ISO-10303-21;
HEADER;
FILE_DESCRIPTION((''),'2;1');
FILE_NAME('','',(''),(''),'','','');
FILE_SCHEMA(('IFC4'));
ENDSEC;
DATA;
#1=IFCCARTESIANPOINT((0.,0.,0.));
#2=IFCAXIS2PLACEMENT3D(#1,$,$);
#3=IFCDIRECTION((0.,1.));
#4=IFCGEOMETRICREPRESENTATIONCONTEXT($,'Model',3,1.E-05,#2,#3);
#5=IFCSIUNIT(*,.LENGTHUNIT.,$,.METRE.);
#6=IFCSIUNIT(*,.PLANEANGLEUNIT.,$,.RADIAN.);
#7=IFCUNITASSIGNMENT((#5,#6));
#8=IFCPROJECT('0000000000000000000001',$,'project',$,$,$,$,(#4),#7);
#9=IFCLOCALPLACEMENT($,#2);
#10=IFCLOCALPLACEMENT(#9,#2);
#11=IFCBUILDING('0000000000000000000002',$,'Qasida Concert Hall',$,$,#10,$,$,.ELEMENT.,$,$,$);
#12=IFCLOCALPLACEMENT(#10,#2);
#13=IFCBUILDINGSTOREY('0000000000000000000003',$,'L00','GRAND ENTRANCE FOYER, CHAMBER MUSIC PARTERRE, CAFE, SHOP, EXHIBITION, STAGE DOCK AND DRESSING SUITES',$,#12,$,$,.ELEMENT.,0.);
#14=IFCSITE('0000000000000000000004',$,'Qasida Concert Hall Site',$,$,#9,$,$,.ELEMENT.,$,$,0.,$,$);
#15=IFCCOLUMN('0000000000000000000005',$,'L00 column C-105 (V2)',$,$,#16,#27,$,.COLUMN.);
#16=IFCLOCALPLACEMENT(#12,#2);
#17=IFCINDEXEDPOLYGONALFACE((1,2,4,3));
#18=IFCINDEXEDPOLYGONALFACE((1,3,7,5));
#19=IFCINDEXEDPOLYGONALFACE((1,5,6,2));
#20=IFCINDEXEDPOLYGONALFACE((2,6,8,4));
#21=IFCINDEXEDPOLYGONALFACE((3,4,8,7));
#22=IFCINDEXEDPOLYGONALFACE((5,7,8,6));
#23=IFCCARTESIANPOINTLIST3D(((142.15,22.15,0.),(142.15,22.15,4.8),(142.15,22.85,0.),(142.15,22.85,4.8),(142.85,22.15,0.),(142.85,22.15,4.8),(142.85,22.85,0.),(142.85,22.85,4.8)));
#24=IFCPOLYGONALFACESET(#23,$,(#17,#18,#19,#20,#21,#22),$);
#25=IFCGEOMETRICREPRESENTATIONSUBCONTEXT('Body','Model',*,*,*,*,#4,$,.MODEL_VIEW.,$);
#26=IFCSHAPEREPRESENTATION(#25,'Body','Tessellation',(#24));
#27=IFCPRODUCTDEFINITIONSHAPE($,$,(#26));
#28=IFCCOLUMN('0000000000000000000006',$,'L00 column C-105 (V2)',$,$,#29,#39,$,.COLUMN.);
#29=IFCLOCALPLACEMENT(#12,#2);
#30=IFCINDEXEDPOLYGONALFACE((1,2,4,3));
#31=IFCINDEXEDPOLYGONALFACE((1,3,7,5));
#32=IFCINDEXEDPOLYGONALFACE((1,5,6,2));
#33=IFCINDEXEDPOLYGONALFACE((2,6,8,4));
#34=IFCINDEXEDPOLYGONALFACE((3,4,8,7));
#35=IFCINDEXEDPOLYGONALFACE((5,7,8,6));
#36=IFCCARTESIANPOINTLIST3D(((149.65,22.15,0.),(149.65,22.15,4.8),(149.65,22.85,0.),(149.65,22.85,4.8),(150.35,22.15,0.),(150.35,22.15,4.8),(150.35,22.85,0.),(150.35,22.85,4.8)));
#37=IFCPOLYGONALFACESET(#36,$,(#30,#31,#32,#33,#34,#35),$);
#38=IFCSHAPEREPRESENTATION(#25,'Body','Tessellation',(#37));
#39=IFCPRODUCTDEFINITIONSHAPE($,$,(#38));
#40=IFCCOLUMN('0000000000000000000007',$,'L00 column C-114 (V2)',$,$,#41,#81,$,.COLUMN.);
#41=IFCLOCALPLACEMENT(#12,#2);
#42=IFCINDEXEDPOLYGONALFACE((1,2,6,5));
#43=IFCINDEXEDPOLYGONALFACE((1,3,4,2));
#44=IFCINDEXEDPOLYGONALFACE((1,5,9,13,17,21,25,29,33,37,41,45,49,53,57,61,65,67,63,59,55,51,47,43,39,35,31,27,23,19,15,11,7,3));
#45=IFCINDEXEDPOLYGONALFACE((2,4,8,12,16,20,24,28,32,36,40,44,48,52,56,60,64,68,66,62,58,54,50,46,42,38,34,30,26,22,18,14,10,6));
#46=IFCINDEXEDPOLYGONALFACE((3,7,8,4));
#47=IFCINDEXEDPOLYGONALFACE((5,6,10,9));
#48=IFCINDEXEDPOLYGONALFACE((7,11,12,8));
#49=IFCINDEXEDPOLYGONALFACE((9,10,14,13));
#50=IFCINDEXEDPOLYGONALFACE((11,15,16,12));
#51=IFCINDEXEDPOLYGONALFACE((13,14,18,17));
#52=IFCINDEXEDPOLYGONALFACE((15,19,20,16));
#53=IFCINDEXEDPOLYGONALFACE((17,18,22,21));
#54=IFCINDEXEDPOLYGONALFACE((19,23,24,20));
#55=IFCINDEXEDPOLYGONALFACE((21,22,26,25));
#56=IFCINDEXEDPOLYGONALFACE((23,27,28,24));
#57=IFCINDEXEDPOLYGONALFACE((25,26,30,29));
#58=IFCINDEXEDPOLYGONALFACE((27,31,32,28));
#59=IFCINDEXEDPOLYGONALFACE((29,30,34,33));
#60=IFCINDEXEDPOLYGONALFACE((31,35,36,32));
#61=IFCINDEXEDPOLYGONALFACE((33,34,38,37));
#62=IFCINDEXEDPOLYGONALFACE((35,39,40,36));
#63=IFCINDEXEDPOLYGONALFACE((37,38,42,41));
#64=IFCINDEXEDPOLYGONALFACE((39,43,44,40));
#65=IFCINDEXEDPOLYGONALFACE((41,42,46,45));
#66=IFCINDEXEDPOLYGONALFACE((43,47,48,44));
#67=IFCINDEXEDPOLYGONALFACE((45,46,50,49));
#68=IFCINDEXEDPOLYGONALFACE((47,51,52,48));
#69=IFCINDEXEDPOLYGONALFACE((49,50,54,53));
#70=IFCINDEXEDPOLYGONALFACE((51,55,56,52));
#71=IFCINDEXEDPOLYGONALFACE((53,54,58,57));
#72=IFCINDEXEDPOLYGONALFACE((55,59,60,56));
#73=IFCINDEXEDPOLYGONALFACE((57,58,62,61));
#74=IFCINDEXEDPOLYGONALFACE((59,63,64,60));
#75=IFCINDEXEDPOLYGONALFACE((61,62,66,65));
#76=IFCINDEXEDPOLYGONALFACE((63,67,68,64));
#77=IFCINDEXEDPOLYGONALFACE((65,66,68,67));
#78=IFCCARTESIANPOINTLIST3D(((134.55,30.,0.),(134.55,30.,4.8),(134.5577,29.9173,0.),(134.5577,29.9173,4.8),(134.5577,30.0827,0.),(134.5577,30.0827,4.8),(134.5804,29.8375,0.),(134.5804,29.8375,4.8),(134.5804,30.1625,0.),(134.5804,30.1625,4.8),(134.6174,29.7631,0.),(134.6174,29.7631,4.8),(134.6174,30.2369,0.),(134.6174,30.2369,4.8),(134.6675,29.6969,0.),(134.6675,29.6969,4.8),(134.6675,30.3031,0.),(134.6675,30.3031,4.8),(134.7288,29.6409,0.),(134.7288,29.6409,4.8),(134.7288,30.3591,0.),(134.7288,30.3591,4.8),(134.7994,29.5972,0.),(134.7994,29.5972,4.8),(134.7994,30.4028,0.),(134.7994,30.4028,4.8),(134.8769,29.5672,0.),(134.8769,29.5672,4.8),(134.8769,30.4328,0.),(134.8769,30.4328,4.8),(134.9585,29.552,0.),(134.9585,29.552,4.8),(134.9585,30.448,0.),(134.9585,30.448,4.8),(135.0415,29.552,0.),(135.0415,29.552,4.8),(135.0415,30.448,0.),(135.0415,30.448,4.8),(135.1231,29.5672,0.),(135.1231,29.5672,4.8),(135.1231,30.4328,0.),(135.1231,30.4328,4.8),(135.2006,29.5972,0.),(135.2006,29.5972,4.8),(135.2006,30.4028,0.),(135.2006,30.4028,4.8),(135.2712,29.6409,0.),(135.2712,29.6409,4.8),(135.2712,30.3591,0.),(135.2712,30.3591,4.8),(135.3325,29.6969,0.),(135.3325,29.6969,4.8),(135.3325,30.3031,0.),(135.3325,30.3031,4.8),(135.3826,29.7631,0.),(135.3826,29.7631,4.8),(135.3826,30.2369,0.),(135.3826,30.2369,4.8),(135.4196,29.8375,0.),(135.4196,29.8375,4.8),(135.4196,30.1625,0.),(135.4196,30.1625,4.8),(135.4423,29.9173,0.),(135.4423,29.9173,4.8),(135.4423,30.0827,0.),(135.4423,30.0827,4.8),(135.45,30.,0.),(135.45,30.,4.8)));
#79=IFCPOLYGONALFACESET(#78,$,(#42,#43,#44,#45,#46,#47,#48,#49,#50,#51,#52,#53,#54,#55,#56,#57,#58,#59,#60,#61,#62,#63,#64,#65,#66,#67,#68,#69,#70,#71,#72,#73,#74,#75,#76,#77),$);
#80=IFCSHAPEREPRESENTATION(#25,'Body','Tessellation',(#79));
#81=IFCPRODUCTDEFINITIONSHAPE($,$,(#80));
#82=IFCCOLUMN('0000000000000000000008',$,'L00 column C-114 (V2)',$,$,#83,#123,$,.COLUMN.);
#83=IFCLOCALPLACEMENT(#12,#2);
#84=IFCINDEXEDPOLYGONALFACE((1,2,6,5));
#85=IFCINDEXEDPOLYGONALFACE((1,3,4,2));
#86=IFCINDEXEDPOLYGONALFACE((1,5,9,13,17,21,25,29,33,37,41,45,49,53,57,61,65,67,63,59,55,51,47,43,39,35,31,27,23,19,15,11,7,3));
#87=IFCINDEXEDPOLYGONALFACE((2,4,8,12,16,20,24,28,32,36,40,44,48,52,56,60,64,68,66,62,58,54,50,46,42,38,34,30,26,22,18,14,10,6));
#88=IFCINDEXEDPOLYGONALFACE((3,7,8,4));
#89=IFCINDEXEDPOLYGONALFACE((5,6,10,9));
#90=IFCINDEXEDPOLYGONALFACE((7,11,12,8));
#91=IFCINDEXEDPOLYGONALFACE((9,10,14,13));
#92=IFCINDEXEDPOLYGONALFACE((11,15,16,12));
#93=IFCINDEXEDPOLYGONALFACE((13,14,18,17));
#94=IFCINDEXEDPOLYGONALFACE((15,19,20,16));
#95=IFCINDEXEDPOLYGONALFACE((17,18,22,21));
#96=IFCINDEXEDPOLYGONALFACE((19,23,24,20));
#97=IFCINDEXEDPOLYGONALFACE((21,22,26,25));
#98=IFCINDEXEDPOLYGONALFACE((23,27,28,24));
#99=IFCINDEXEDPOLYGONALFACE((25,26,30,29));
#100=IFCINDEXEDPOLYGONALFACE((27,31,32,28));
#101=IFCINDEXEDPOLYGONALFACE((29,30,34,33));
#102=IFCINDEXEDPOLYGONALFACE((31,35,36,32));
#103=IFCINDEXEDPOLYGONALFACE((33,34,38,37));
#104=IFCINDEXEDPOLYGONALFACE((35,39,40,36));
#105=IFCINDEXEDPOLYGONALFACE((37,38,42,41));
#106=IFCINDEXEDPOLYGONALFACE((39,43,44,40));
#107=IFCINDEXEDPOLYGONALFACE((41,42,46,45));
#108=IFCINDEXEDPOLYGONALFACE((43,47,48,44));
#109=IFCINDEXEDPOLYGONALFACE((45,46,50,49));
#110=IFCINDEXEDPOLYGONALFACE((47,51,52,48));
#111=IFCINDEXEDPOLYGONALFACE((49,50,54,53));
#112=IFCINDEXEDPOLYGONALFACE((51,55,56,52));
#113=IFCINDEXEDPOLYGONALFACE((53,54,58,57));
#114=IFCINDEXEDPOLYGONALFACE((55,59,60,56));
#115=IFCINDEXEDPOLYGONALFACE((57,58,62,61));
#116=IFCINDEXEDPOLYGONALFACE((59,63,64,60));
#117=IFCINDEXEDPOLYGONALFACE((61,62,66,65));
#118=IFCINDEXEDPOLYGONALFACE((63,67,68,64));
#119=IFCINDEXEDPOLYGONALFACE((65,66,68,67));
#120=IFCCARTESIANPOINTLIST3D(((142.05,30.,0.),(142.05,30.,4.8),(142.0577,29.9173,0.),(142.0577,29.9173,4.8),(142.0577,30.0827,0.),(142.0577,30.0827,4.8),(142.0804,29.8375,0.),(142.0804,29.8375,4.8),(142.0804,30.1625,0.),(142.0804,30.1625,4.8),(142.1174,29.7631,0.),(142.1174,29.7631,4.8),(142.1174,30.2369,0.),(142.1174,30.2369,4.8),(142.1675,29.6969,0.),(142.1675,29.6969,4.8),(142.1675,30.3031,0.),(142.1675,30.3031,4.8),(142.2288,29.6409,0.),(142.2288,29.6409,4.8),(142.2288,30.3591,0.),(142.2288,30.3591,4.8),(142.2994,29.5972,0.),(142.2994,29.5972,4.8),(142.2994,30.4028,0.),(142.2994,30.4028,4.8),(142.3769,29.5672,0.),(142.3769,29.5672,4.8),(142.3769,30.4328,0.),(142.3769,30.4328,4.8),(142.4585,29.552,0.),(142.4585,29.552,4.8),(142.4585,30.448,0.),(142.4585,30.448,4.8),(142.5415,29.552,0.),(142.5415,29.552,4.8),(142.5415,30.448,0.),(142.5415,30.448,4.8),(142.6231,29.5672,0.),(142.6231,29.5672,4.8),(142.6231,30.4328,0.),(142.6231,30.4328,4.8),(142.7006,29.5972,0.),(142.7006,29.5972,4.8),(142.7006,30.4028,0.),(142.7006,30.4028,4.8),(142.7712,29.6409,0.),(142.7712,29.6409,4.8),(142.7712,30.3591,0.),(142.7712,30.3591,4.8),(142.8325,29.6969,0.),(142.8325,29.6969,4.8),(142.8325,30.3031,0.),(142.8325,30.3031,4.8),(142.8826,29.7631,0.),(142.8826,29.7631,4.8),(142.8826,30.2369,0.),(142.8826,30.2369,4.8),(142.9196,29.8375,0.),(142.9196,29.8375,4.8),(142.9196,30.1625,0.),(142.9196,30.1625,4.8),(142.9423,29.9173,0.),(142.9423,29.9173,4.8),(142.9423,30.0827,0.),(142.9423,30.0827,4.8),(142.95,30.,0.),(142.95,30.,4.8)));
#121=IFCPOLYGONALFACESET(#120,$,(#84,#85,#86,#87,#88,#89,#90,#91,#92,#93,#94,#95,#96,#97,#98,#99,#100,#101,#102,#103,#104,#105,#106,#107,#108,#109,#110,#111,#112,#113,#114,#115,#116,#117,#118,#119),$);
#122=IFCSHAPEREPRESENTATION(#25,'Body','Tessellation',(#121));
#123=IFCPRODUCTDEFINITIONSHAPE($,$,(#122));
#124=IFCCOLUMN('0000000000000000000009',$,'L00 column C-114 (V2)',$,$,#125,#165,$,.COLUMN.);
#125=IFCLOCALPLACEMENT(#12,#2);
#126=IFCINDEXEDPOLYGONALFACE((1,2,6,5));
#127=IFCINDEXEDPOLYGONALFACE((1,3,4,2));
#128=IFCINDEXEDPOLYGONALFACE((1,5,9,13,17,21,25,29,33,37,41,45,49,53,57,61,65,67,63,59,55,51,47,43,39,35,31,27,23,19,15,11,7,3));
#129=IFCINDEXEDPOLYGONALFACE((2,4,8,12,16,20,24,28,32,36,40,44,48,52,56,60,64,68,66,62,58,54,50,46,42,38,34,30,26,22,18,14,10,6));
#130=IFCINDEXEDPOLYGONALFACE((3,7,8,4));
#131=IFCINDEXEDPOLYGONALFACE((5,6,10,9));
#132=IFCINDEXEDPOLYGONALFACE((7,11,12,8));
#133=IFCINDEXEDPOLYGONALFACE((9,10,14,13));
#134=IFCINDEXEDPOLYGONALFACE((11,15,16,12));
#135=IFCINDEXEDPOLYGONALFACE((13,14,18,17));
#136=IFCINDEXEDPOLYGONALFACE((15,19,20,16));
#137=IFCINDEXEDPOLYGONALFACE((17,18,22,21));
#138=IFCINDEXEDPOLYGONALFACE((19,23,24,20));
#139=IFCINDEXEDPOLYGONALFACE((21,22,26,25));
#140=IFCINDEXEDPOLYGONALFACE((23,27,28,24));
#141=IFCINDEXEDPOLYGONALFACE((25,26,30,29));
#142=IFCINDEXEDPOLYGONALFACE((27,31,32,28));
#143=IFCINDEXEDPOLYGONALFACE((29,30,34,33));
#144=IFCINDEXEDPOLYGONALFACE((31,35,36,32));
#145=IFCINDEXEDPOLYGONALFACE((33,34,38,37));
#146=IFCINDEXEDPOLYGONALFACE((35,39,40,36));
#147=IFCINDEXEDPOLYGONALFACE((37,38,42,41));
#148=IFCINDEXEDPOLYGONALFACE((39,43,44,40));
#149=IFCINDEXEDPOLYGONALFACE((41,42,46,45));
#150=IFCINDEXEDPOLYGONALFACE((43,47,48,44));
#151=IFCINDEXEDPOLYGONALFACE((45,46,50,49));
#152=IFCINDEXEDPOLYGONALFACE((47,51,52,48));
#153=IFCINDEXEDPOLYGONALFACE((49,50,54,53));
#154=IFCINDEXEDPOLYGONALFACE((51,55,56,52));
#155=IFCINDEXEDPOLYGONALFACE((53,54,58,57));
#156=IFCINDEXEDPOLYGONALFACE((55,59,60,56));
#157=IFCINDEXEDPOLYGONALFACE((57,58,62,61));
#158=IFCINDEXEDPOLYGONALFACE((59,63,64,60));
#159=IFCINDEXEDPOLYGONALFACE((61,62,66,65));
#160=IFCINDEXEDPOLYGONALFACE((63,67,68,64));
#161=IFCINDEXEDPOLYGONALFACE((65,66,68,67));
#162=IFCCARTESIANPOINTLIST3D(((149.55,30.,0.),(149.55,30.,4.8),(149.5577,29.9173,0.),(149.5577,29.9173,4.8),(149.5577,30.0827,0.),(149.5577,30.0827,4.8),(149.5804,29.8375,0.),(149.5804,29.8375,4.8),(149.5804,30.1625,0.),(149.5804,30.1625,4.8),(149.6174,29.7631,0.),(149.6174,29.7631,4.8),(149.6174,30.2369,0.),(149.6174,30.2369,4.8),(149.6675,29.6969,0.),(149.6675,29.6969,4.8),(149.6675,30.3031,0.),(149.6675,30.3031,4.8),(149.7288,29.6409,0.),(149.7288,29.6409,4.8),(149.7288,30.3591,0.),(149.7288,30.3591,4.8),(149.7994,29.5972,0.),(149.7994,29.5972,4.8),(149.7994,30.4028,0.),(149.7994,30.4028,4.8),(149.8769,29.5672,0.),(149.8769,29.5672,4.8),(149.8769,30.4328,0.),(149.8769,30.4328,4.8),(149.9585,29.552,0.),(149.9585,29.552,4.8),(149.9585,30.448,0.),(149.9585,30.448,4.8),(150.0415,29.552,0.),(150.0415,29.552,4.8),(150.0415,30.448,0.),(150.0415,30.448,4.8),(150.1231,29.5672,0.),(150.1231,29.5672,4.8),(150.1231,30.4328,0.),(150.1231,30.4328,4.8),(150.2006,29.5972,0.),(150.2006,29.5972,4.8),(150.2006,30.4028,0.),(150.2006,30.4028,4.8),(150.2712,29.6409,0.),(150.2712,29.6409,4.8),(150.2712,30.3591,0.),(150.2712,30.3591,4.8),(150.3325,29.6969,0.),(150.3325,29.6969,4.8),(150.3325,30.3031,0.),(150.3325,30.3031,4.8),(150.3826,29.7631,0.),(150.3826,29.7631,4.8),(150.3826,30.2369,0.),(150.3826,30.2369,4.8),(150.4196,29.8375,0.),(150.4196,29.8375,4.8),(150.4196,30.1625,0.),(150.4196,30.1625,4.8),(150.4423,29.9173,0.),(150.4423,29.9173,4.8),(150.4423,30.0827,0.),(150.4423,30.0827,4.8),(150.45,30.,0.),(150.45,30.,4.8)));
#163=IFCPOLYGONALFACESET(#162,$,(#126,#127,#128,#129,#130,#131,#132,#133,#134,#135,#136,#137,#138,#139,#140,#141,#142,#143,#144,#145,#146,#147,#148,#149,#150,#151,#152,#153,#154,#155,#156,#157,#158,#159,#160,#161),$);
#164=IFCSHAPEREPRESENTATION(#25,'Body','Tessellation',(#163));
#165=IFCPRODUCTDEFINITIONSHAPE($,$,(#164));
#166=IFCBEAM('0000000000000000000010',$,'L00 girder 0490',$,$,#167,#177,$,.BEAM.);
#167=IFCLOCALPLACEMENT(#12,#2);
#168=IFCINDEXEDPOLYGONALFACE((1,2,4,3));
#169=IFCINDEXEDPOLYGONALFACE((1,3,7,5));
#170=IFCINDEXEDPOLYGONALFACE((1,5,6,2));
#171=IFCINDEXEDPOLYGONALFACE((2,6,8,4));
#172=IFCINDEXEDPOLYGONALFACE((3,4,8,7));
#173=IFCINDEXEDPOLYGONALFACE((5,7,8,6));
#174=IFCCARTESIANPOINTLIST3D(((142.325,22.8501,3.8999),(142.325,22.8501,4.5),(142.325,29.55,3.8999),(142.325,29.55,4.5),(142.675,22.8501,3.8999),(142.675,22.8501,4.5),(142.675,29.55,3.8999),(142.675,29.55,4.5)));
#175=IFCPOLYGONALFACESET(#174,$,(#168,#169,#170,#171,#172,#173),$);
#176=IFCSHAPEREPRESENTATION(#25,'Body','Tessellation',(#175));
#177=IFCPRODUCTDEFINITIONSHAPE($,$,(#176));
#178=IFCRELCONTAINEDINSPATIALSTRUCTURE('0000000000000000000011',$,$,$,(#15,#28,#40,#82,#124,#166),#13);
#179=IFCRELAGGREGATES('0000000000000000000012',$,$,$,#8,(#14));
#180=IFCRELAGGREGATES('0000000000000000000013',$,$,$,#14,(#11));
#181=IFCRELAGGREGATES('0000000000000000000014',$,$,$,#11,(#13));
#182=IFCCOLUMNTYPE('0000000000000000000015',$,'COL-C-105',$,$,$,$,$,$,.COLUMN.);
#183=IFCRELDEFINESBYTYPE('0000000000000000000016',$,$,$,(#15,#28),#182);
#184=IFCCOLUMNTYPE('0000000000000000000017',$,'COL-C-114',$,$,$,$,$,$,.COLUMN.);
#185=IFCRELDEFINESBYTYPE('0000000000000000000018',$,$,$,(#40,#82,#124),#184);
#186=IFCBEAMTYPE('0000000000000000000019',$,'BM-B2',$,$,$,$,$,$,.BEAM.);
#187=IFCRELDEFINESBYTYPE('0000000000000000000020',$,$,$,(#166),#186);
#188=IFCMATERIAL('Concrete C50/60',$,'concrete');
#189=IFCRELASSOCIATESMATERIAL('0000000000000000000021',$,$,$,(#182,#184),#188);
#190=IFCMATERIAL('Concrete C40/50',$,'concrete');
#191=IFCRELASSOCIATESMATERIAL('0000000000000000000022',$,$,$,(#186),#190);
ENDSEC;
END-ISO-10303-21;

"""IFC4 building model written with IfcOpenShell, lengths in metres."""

from ifc_helpers import new_model, si_unit, direction, frame, origin, origin_2d, place, context, subcontext, project, spatial, rectangle, circle, extrude, material, material_profile, profile_set, type_object, element, save


model = new_model("IFC4")

# Units and contexts
model_context = context("Model", 3, precision=1e-05, world=origin(), true_north=direction((0.0, 1.0)))
body_context = subcontext(model_context, "Body", "Model", "MODEL_VIEW")
ifc_project = project(units=[si_unit("LENGTHUNIT", "METRE"), si_unit("PLANEANGLEUNIT", "RADIAN")], contexts=[model_context])

# Site, building, storey
site_placement = place(None, origin())
site = spatial("IfcSite", under=ifc_project, at=site_placement, Name="Qasida Concert Hall Site", CompositionType="ELEMENT", RefElevation=0.0)
building_placement = place(site_placement, origin())
building = spatial("IfcBuilding", under=site, at=building_placement, Name="Qasida Concert Hall", CompositionType="ELEMENT")
storey_placement = place(building_placement, origin())
storey = spatial("IfcBuildingStorey", under=building, at=storey_placement, Name="L00", Description="GRAND ENTRANCE FOYER, CHAMBER MUSIC PARTERRE, CAFE, SHOP, EXHIBITION, STAGE DOCK AND DRESSING SUITES", CompositionType="ELEMENT", Elevation=0.0)

# Columns
ifc_material_1 = material(Name="Concrete C50/60", Category="concrete")
ifc_material_profile_1 = material_profile(ifc_material_1, rectangle(XDim=0.7, YDim=0.7, at=origin_2d()), Name="RC 700x700")
ifc_profile_set_1 = profile_set([ifc_material_profile_1], Name="Concrete C50/60")
column_type_1 = type_object("IfcColumnType", Name="COL-C-105", PredefinedType="COLUMN", material=ifc_profile_set_1)
for number, where, z_axis, x_axis, name in (
    (1, (142.5, 22.5, 0.0), (0.0, 0.0, 1.0), (1.0, 0.0, 0.0), "L00 column C-105 (V2)"),
    (2, (150.0, 22.5, 0.0), (0.0, 0.0, 1.0), (1.0, 0.0, 0.0), "L00 column C-105 (V2)"),
):
    element("IfcColumn", number, at=place(storey_placement, frame(where, z_axis=z_axis, x_axis=x_axis)), inside=storey, type_object=column_type_1, Name=name, PredefinedType="COLUMN", context=body_context, shape_type="SweptSolid", body=[
        extrude(rectangle(XDim=0.7, YDim=0.7, at=origin_2d()), origin(), (0.0, 0.0, 1.0), 4.8),
    ])
ifc_material_profile_2 = material_profile(ifc_material_1, circle(Radius=0.45, at=origin_2d()), Name="RC COL D900")
ifc_profile_set_2 = profile_set([ifc_material_profile_2], Name="Concrete C50/60")
column_type_2 = type_object("IfcColumnType", Name="COL-C-114", PredefinedType="COLUMN", material=ifc_profile_set_2)
for number, where, z_axis, x_axis, name in (
    (3, (135.0, 30.0, 0.0), (0.0, 0.0, 1.0), (1.0, 0.0, 0.0), "L00 column C-114 (V2)"),
    (4, (142.5, 30.0, 0.0), (0.0, 0.0, 1.0), (1.0, 0.0, 0.0), "L00 column C-114 (V2)"),
    (5, (150.0, 30.0, 0.0), (0.0, 0.0, 1.0), (1.0, 0.0, 0.0), "L00 column C-114 (V2)"),
):
    element("IfcColumn", number, at=place(storey_placement, frame(where, z_axis=z_axis, x_axis=x_axis)), inside=storey, type_object=column_type_2, Name=name, PredefinedType="COLUMN", context=body_context, shape_type="SweptSolid", body=[
        extrude(circle(Radius=0.45, at=origin_2d()), origin(), (0.0, 0.0, 1.0), 4.8),
    ])

# Beam
ifc_material_2 = material(Name="Concrete C40/50", Category="concrete")
ifc_material_profile_3 = material_profile(ifc_material_2, rectangle(XDim=0.3501, YDim=0.6001, at=origin_2d()), Name="RC 350x600")
ifc_profile_set_3 = profile_set([ifc_material_profile_3], Name="Concrete C40/50")
beam_type_1 = type_object("IfcBeamType", Name="BM-B2", PredefinedType="BEAM", material=ifc_profile_set_3)
beam_1_placement = place(storey_placement, frame((142.5, 22.8501, 4.2), z_axis=(0.0, 1.0, 0.0), x_axis=(-1.0, 0.0, 0.0)))
element("IfcBeam", 6, at=beam_1_placement, inside=storey, type_object=beam_type_1, Name="L00 girder 0490", PredefinedType="BEAM", context=body_context, shape_type="SweptSolid", body=[
    extrude(rectangle(XDim=0.3501, YDim=0.6001, at=origin_2d()), origin(), (0.0, 0.0, 1.0), 6.7),
])

save(model, "model.ifc")
